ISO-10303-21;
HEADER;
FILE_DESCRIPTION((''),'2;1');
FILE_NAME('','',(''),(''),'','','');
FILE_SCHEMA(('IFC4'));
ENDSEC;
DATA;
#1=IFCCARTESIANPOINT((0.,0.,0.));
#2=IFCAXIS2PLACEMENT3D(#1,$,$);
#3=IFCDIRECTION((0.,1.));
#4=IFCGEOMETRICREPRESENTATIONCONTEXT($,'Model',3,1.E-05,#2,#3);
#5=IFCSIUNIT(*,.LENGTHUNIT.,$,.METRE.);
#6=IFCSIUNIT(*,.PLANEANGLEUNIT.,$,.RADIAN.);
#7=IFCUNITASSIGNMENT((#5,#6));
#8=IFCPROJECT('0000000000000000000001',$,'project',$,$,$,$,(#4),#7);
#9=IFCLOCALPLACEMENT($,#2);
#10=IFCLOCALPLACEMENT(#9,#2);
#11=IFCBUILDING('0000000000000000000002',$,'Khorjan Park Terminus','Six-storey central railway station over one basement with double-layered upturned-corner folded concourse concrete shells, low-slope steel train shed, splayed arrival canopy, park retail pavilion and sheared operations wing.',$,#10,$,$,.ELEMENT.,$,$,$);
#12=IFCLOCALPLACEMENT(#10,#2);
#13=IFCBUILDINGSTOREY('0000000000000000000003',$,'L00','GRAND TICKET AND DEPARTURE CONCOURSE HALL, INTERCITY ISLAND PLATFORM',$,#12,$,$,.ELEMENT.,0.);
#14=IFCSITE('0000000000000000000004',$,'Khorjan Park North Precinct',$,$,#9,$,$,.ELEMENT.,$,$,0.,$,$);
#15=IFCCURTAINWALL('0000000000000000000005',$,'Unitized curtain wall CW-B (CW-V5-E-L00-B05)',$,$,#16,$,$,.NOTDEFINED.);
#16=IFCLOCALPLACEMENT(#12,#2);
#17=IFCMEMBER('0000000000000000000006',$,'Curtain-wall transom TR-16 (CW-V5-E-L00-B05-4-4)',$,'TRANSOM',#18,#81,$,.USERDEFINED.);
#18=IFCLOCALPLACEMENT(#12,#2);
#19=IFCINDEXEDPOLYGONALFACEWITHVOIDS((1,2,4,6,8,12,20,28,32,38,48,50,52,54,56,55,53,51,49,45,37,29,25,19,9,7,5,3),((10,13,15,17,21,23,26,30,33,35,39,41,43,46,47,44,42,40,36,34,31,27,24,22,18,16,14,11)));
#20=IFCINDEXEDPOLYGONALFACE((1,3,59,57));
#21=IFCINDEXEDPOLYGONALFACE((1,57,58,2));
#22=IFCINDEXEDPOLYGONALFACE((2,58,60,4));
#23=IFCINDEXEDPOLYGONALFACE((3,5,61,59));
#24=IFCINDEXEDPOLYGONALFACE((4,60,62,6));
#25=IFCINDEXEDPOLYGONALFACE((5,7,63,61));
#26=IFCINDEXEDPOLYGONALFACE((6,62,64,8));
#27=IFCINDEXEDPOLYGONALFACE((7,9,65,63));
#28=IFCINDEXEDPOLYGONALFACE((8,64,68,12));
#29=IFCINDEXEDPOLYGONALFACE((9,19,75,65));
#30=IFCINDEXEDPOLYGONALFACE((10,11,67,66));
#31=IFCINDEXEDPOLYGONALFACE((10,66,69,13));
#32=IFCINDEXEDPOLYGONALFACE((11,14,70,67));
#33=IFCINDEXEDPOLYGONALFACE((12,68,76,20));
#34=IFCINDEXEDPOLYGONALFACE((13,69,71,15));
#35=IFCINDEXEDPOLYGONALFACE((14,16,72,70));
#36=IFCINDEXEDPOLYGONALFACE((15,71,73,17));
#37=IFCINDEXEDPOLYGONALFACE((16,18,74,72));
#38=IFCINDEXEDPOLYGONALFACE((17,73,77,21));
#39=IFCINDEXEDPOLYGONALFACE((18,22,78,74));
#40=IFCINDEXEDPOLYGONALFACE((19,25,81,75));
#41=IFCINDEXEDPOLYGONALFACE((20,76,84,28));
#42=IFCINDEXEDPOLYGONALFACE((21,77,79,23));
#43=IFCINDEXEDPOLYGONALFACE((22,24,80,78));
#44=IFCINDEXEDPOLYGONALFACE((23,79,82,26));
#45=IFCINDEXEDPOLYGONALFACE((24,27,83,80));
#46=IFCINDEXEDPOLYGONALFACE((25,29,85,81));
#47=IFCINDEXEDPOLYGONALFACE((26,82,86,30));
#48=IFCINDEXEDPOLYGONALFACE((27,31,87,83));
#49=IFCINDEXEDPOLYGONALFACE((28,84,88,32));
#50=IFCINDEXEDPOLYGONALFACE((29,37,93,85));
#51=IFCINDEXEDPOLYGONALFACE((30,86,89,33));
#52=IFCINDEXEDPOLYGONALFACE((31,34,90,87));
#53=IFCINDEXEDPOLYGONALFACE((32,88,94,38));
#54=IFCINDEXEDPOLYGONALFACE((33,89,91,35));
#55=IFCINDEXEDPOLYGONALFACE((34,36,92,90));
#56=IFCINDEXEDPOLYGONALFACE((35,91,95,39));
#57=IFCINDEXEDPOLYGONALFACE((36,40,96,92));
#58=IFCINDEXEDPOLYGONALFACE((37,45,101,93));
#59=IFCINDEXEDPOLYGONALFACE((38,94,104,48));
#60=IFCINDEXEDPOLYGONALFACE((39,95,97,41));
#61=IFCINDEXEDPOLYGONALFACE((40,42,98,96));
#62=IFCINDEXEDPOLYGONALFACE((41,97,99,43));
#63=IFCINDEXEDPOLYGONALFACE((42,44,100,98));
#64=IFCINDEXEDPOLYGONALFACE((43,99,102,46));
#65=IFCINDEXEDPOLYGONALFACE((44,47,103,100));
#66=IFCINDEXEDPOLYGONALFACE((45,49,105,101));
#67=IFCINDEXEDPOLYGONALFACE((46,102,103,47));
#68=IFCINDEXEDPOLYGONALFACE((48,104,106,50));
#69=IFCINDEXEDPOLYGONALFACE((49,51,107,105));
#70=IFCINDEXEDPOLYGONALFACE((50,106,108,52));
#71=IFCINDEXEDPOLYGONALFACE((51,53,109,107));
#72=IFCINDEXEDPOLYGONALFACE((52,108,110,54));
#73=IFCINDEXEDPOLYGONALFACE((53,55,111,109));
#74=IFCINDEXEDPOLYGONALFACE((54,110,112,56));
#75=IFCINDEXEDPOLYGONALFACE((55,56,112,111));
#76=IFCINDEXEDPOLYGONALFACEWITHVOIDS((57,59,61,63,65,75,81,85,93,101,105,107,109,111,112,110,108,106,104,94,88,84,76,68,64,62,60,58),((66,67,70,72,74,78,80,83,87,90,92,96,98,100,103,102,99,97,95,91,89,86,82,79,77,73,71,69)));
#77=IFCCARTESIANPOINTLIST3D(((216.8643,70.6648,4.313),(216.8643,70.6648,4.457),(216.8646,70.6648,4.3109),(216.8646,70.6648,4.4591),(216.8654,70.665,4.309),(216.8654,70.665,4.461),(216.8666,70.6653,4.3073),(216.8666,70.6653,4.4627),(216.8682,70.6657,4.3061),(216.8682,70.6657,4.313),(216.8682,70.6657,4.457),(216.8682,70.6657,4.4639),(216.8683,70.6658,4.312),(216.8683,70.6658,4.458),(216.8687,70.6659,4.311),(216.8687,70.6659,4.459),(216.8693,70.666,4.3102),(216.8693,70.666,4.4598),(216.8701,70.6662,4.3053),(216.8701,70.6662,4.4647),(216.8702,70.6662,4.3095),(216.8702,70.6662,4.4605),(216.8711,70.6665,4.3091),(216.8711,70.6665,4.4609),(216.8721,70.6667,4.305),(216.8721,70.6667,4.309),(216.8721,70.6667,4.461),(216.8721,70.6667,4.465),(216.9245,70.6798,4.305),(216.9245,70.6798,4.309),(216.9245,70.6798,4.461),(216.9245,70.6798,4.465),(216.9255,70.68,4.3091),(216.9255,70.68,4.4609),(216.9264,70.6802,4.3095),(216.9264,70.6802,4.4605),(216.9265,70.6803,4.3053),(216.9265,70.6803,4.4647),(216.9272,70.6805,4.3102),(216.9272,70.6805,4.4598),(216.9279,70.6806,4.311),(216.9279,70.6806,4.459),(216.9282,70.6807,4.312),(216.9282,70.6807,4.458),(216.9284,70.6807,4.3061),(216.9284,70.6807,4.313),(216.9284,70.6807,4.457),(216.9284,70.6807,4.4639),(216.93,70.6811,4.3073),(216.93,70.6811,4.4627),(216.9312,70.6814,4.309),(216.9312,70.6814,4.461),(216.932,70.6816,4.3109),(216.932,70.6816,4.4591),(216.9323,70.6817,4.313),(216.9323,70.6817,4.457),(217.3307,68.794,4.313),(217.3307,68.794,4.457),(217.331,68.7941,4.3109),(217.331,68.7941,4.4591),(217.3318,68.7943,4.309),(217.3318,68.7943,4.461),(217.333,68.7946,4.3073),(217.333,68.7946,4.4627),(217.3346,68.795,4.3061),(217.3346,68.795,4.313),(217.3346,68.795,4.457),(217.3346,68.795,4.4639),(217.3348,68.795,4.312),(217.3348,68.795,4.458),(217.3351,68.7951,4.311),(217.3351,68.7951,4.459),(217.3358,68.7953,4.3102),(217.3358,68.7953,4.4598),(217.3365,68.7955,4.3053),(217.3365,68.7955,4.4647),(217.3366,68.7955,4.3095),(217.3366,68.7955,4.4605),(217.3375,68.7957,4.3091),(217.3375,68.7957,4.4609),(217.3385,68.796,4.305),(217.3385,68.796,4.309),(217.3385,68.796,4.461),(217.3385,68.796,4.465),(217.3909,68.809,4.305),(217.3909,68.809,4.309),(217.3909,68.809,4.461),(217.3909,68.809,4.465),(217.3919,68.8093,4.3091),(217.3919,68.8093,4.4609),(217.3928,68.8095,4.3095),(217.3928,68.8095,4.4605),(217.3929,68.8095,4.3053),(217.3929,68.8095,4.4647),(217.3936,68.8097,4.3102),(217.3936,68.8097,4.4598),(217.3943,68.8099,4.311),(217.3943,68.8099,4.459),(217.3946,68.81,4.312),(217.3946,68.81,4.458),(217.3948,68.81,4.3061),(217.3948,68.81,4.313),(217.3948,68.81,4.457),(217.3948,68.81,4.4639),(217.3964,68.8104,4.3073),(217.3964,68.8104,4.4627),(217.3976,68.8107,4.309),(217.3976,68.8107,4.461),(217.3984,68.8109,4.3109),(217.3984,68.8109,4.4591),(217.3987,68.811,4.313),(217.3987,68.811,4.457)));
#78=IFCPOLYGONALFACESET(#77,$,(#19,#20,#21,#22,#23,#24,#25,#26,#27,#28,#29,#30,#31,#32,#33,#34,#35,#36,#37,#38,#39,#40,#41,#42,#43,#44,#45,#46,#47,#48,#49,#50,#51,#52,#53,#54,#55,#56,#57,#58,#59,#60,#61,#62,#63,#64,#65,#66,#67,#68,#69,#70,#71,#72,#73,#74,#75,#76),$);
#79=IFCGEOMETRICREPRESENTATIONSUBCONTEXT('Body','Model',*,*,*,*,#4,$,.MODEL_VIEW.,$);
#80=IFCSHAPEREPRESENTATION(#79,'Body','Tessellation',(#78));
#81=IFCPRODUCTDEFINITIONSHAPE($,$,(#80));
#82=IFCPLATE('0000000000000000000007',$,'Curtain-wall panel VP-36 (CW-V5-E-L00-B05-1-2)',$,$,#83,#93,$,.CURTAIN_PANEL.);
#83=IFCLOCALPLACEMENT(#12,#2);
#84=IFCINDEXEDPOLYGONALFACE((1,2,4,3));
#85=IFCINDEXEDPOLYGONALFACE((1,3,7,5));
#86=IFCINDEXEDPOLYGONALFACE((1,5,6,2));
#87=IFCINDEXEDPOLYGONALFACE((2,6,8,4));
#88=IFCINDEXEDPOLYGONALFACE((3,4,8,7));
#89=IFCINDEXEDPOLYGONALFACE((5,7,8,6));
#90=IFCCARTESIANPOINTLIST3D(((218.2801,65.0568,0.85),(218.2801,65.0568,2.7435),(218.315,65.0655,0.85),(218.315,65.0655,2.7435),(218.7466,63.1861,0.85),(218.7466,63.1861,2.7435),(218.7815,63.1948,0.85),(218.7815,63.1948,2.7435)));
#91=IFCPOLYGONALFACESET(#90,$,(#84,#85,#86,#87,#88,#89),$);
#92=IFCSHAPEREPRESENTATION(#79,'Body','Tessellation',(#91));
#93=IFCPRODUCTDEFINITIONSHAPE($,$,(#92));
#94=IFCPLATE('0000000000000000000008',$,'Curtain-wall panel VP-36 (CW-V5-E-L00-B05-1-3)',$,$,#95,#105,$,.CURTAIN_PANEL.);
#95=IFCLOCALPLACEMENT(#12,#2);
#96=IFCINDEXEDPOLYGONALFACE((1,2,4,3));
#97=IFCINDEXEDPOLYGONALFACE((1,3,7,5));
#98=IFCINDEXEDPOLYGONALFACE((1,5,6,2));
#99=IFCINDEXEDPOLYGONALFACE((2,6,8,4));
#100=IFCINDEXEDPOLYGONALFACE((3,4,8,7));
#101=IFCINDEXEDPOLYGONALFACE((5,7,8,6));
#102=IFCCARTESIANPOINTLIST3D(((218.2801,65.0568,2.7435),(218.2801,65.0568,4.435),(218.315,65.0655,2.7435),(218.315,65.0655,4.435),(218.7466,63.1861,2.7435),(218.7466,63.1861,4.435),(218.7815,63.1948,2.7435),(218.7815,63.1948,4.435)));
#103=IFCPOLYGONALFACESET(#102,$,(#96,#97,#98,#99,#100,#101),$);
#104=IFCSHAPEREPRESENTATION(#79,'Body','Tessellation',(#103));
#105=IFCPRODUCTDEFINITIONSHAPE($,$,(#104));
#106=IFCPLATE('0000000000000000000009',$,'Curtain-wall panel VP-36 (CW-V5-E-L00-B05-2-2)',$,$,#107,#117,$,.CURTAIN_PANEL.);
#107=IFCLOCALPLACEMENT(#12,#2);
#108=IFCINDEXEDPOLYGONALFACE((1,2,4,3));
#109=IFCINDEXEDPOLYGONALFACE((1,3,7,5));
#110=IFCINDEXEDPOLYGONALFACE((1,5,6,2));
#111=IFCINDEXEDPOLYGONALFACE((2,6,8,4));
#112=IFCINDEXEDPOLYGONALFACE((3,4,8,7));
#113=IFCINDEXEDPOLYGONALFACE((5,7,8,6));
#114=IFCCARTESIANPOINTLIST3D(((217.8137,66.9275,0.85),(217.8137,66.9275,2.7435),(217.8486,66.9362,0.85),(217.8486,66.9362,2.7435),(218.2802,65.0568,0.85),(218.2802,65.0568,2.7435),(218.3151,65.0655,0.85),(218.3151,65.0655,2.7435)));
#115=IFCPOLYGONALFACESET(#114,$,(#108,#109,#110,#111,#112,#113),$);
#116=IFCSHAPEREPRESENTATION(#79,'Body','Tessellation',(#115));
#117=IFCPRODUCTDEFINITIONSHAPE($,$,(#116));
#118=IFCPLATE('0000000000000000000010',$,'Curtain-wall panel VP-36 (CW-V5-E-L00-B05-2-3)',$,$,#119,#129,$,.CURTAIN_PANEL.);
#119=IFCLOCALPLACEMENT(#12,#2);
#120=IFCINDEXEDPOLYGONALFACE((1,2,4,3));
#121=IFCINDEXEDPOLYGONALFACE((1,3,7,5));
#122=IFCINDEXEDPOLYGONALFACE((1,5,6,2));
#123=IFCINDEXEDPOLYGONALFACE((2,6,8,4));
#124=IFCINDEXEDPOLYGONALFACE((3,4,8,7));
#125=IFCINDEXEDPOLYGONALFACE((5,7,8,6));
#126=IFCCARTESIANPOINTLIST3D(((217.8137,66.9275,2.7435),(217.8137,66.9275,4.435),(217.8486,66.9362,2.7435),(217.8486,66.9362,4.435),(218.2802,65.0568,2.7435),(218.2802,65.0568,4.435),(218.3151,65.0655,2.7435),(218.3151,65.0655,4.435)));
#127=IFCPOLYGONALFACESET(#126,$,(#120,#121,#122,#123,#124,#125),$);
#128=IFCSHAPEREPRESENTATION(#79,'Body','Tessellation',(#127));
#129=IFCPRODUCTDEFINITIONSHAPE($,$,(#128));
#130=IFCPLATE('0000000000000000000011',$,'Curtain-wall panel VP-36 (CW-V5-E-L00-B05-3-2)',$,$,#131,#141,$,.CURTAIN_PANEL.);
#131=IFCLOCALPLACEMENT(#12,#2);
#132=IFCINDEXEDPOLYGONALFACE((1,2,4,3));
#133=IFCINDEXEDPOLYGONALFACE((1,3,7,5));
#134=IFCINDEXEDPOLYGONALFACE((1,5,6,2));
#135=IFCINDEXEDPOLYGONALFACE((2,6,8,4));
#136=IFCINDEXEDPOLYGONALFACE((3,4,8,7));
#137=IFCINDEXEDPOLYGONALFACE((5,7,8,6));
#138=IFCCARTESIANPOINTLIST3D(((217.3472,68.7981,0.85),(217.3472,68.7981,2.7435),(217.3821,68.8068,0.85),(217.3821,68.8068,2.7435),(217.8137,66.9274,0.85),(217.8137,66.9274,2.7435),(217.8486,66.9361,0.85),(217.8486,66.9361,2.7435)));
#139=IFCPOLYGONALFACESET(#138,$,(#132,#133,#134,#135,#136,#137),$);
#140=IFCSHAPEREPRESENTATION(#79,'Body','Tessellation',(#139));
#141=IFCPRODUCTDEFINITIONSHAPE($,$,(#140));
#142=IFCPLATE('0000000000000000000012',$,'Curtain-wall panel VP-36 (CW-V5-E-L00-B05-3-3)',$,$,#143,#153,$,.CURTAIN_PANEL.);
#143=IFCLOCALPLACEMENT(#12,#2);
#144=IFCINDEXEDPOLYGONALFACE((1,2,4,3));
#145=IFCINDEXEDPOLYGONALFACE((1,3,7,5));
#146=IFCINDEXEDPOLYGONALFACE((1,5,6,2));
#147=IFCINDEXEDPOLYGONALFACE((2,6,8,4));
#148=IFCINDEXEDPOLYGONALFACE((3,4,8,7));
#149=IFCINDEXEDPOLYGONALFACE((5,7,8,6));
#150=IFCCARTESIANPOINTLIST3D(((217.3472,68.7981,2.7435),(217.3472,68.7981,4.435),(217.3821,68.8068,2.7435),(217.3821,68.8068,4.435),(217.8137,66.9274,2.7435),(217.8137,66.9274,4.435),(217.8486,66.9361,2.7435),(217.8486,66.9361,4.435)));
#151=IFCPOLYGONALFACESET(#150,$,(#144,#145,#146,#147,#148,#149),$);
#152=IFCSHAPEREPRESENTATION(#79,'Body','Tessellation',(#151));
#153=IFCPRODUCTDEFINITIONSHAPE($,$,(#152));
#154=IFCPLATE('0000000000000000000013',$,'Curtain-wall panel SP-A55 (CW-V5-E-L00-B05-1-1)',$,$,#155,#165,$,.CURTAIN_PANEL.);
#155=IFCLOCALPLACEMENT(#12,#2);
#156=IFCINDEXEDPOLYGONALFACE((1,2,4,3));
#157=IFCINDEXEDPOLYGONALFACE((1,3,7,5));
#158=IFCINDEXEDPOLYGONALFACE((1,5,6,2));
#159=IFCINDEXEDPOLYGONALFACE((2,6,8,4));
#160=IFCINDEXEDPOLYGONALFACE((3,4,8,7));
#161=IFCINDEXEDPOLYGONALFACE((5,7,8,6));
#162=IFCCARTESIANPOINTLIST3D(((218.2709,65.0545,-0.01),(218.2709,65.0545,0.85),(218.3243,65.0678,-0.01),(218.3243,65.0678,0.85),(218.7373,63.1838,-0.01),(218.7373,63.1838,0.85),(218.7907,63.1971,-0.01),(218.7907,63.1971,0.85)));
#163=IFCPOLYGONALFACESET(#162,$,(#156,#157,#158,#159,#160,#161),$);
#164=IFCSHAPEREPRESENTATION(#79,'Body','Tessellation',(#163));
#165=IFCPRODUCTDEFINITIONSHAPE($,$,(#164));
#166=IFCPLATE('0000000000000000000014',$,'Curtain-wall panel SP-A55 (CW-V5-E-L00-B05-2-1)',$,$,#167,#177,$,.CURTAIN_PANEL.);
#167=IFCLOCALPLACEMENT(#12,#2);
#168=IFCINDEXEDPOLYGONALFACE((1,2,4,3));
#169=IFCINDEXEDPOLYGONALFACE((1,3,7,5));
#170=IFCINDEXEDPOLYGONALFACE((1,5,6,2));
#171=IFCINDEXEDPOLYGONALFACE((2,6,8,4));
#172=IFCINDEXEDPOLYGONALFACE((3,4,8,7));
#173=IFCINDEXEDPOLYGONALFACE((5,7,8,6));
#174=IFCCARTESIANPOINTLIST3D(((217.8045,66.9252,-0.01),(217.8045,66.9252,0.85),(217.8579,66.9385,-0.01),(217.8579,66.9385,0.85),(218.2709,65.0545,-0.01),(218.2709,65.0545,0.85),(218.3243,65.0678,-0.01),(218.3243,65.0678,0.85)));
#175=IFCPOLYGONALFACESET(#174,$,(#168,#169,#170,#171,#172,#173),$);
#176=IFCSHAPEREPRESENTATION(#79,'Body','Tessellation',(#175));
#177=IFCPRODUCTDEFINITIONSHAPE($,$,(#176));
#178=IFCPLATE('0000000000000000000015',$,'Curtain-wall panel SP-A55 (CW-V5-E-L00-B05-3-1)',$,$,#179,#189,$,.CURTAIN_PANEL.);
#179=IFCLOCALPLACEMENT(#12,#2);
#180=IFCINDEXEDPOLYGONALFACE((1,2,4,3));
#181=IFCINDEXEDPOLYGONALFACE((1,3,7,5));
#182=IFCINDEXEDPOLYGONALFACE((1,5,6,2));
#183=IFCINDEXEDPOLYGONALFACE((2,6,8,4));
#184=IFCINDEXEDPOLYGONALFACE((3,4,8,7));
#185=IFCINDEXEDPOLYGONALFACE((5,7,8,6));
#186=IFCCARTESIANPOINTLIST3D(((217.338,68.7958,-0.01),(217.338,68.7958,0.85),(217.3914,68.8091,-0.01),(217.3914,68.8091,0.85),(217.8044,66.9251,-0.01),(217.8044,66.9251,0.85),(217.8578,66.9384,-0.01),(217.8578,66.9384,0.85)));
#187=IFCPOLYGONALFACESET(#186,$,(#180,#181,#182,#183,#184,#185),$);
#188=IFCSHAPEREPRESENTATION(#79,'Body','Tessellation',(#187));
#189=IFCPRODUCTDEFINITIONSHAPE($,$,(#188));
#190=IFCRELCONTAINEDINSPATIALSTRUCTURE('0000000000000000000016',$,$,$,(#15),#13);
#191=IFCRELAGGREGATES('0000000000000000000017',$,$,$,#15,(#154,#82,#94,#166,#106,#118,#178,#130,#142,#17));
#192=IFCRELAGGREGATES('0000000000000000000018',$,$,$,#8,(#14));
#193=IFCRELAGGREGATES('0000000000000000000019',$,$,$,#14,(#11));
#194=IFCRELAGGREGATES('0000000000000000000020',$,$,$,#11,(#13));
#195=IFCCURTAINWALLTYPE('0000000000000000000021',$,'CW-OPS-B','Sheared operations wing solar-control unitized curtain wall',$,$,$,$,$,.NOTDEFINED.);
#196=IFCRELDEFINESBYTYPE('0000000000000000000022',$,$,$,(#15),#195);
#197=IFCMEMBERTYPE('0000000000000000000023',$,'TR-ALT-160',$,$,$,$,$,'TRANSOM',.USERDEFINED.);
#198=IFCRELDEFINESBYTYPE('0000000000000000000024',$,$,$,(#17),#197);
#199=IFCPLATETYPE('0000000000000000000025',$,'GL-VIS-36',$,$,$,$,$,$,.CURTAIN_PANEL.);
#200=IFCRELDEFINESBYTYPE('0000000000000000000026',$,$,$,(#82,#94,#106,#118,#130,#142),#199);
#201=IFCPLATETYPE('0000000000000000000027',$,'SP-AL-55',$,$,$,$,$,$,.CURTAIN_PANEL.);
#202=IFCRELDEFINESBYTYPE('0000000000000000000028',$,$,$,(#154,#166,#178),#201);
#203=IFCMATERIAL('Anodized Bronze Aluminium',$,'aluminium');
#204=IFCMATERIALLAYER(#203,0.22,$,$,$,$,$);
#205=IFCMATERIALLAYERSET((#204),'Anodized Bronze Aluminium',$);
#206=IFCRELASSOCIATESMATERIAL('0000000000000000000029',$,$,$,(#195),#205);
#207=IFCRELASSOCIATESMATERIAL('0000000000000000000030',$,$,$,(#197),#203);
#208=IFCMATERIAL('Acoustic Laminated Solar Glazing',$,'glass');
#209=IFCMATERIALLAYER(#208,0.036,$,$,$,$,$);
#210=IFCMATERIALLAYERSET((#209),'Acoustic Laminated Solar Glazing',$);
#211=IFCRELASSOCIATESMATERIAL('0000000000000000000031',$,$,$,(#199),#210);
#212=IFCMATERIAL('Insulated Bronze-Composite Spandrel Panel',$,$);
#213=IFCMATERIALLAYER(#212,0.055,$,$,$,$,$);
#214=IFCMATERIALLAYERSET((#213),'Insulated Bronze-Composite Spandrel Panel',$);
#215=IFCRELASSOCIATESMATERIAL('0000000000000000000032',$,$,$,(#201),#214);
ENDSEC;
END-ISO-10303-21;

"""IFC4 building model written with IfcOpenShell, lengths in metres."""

from ifc_helpers import new_model, si_unit, direction, frame, origin, origin_2d, place, context, subcontext, project, spatial, rectangle, hollow_rectangle, extrude, material, layer, layer_set, material_profile, profile_set, type_object, element, aggregate, save


model = new_model("IFC4")

# Units and contexts
model_context = context("Model", 3, precision=1e-05, world=origin(), true_north=direction((0.0, 1.0)))
body_context = subcontext(model_context, "Body", "Model", "MODEL_VIEW")
ifc_project = project(units=[si_unit("LENGTHUNIT", "METRE"), si_unit("PLANEANGLEUNIT", "RADIAN")], contexts=[model_context])

# Site, building, storey
site_placement = place(None, origin())
site = spatial("IfcSite", under=ifc_project, at=site_placement, Name="Khorjan Park North Precinct", CompositionType="ELEMENT", RefElevation=0.0)
building_placement = place(site_placement, origin())
building = spatial("IfcBuilding", under=site, at=building_placement, Name="Khorjan Park Terminus", Description="Six-storey central railway station over one basement with double-layered upturned-corner folded concourse concrete shells, low-slope steel train shed, splayed arrival canopy, park retail pavilion and sheared operations wing.", CompositionType="ELEMENT")
storey_placement = place(building_placement, origin())
storey = spatial("IfcBuildingStorey", under=building, at=storey_placement, Name="L00", Description="GRAND TICKET AND DEPARTURE CONCOURSE HALL, INTERCITY ISLAND PLATFORM", CompositionType="ELEMENT", Elevation=0.0)

# Curtain wall, member, plates
ifc_material_1 = material(Name="Anodized Bronze Aluminium", Category="aluminium")
ifc_layer_1 = layer(ifc_material_1, 0.22)
ifc_layer_set_1 = layer_set([ifc_layer_1], Name="Anodized Bronze Aluminium")
curtain_wall_type = type_object("IfcCurtainWallType", Name="CW-OPS-B", Description="Sheared operations wing solar-control unitized curtain wall", PredefinedType="NOTDEFINED", material=ifc_layer_set_1)
curtain_wall_placement = place(storey_placement, origin())
curtain_wall = element("IfcCurtainWall", 1, at=curtain_wall_placement, inside=storey, type_object=curtain_wall_type, Name="Unitized curtain wall CW-B (CW-V5-E-L00-B05)", PredefinedType="NOTDEFINED")
ifc_material_profile_1 = material_profile(ifc_material_1, hollow_rectangle(XDim=0.07, YDim=0.16, WallThickness=0.004, InnerFilletRadius=0.004, OuterFilletRadius=0.008, at=origin_2d()), Name="ALT 70x160x4")
ifc_profile_set_1 = profile_set([ifc_material_profile_1], Name="Anodized Bronze Aluminium")
member_type_1 = type_object("IfcMemberType", Name="TR-ALT-160", ElementType="TRANSOM", PredefinedType="USERDEFINED", material=ifc_profile_set_1)
member_1_placement = place(storey_placement, frame((217.3647, 68.8025, 4.385), z_axis=(-0.241913, 0.970298, 0.0), x_axis=(-0.970298, -0.241913, 0.0)))
member_1 = element("IfcMember", 2, at=member_1_placement, type_object=member_type_1, Name="Curtain-wall transom TR-16 (CW-V5-E-L00-B05-4-4)", ObjectType="TRANSOM", PredefinedType="USERDEFINED", context=body_context, shape_type="SweptSolid", body=[
    extrude(hollow_rectangle(XDim=0.07, YDim=0.16, WallThickness=0.004, InnerFilletRadius=0.004, OuterFilletRadius=0.008, at=origin_2d()), origin(), (0.0, 0.0, 1.0), 1.928),
])
ifc_material_2 = material(Name="Acoustic Laminated Solar Glazing", Category="glass")
ifc_layer_2 = layer(ifc_material_2, 0.036)
ifc_layer_set_2 = layer_set([ifc_layer_2], Name="Acoustic Laminated Solar Glazing")
plate_type_1 = type_object("IfcPlateType", Name="GL-VIS-36", PredefinedType="CURTAIN_PANEL", material=ifc_layer_set_2)
plate_1_placement = place(storey_placement, frame((218.5308, 64.1258, 0.85), z_axis=(0.0, 0.0, 1.0), x_axis=(-0.241935, 0.970292, 0.0)))
plate_1 = element("IfcPlate", 3, at=plate_1_placement, type_object=plate_type_1, Name="Curtain-wall panel VP-36 (CW-V5-E-L00-B05-1-2)", PredefinedType="CURTAIN_PANEL", context=body_context, shape_type="SweptSolid", body=[
    extrude(rectangle(XDim=1.928, YDim=0.036, at=origin_2d()), origin(), (0.0, 0.0, 1.0), 1.8935),
])
plate_2_placement = place(storey_placement, frame((218.5308, 64.1258, 2.7435), z_axis=(0.0, 0.0, 1.0), x_axis=(-0.241935, 0.970292, 0.0)))
plate_2 = element("IfcPlate", 4, at=plate_2_placement, type_object=plate_type_1, Name="Curtain-wall panel VP-36 (CW-V5-E-L00-B05-1-3)", PredefinedType="CURTAIN_PANEL", context=body_context, shape_type="SweptSolid", body=[
    extrude(rectangle(XDim=1.928, YDim=0.036, at=origin_2d()), origin(), (0.0, 0.0, 1.0), 1.6915),
])
plate_3_placement = place(storey_placement, frame((218.0644, 65.9965, 0.85), z_axis=(0.0, 0.0, 1.0), x_axis=(-0.241935, 0.970292, 0.0)))
plate_3 = element("IfcPlate", 5, at=plate_3_placement, type_object=plate_type_1, Name="Curtain-wall panel VP-36 (CW-V5-E-L00-B05-2-2)", PredefinedType="CURTAIN_PANEL", context=body_context, shape_type="SweptSolid", body=[
    extrude(rectangle(XDim=1.928, YDim=0.036, at=origin_2d()), origin(), (0.0, 0.0, 1.0), 1.8935),
])
plate_4_placement = place(storey_placement, frame((218.0644, 65.9965, 2.7435), z_axis=(0.0, 0.0, 1.0), x_axis=(-0.241935, 0.970292, 0.0)))
plate_4 = element("IfcPlate", 6, at=plate_4_placement, type_object=plate_type_1, Name="Curtain-wall panel VP-36 (CW-V5-E-L00-B05-2-3)", PredefinedType="CURTAIN_PANEL", context=body_context, shape_type="SweptSolid", body=[
    extrude(rectangle(XDim=1.928, YDim=0.036, at=origin_2d()), origin(), (0.0, 0.0, 1.0), 1.6915),
])
plate_5_placement = place(storey_placement, frame((217.5979, 67.8671, 0.85), z_axis=(0.0, 0.0, 1.0), x_axis=(-0.241935, 0.970292, 0.0)))
plate_5 = element("IfcPlate", 7, at=plate_5_placement, type_object=plate_type_1, Name="Curtain-wall panel VP-36 (CW-V5-E-L00-B05-3-2)", PredefinedType="CURTAIN_PANEL", context=body_context, shape_type="SweptSolid", body=[
    extrude(rectangle(XDim=1.928, YDim=0.036, at=origin_2d()), origin(), (0.0, 0.0, 1.0), 1.8935),
])
plate_6_placement = place(storey_placement, frame((217.5979, 67.8671, 2.7435), z_axis=(0.0, 0.0, 1.0), x_axis=(-0.241935, 0.970292, 0.0)))
plate_6 = element("IfcPlate", 8, at=plate_6_placement, type_object=plate_type_1, Name="Curtain-wall panel VP-36 (CW-V5-E-L00-B05-3-3)", PredefinedType="CURTAIN_PANEL", context=body_context, shape_type="SweptSolid", body=[
    extrude(rectangle(XDim=1.928, YDim=0.036, at=origin_2d()), origin(), (0.0, 0.0, 1.0), 1.6915),
])
ifc_material_3 = material(Name="Insulated Bronze-Composite Spandrel Panel")
ifc_layer_3 = layer(ifc_material_3, 0.055)
ifc_layer_set_3 = layer_set([ifc_layer_3], Name="Insulated Bronze-Composite Spandrel Panel")
plate_type_2 = type_object("IfcPlateType", Name="SP-AL-55", PredefinedType="CURTAIN_PANEL", material=ifc_layer_set_3)
plate_7_placement = place(storey_placement, frame((218.5308, 64.1258, -0.01), z_axis=(0.0, 0.0, 1.0), x_axis=(-0.241935, 0.970292, 0.0)))
plate_7 = element("IfcPlate", 9, at=plate_7_placement, type_object=plate_type_2, Name="Curtain-wall panel SP-A55 (CW-V5-E-L00-B05-1-1)", PredefinedType="CURTAIN_PANEL", context=body_context, shape_type="SweptSolid", body=[
    extrude(rectangle(XDim=1.928, YDim=0.055, at=origin_2d()), origin(), (0.0, 0.0, 1.0), 0.86),
])
plate_8_placement = place(storey_placement, frame((218.0644, 65.9965, -0.01), z_axis=(0.0, 0.0, 1.0), x_axis=(-0.241935, 0.970292, 0.0)))
plate_8 = element("IfcPlate", 10, at=plate_8_placement, type_object=plate_type_2, Name="Curtain-wall panel SP-A55 (CW-V5-E-L00-B05-2-1)", PredefinedType="CURTAIN_PANEL", context=body_context, shape_type="SweptSolid", body=[
    extrude(rectangle(XDim=1.928, YDim=0.055, at=origin_2d()), origin(), (0.0, 0.0, 1.0), 0.86),
])
plate_9_placement = place(storey_placement, frame((217.5979, 67.8671, -0.01), z_axis=(0.0, 0.0, 1.0), x_axis=(-0.241935, 0.970292, 0.0)))
plate_9 = element("IfcPlate", 11, at=plate_9_placement, type_object=plate_type_2, Name="Curtain-wall panel SP-A55 (CW-V5-E-L00-B05-3-1)", PredefinedType="CURTAIN_PANEL", context=body_context, shape_type="SweptSolid", body=[
    extrude(rectangle(XDim=1.928, YDim=0.055, at=origin_2d()), origin(), (0.0, 0.0, 1.0), 0.86),
])
aggregate(curtain_wall, [plate_7, plate_1, plate_2, plate_8, plate_3, plate_4, plate_9, plate_5, plate_6, member_1])

save(model, "model.ifc")
